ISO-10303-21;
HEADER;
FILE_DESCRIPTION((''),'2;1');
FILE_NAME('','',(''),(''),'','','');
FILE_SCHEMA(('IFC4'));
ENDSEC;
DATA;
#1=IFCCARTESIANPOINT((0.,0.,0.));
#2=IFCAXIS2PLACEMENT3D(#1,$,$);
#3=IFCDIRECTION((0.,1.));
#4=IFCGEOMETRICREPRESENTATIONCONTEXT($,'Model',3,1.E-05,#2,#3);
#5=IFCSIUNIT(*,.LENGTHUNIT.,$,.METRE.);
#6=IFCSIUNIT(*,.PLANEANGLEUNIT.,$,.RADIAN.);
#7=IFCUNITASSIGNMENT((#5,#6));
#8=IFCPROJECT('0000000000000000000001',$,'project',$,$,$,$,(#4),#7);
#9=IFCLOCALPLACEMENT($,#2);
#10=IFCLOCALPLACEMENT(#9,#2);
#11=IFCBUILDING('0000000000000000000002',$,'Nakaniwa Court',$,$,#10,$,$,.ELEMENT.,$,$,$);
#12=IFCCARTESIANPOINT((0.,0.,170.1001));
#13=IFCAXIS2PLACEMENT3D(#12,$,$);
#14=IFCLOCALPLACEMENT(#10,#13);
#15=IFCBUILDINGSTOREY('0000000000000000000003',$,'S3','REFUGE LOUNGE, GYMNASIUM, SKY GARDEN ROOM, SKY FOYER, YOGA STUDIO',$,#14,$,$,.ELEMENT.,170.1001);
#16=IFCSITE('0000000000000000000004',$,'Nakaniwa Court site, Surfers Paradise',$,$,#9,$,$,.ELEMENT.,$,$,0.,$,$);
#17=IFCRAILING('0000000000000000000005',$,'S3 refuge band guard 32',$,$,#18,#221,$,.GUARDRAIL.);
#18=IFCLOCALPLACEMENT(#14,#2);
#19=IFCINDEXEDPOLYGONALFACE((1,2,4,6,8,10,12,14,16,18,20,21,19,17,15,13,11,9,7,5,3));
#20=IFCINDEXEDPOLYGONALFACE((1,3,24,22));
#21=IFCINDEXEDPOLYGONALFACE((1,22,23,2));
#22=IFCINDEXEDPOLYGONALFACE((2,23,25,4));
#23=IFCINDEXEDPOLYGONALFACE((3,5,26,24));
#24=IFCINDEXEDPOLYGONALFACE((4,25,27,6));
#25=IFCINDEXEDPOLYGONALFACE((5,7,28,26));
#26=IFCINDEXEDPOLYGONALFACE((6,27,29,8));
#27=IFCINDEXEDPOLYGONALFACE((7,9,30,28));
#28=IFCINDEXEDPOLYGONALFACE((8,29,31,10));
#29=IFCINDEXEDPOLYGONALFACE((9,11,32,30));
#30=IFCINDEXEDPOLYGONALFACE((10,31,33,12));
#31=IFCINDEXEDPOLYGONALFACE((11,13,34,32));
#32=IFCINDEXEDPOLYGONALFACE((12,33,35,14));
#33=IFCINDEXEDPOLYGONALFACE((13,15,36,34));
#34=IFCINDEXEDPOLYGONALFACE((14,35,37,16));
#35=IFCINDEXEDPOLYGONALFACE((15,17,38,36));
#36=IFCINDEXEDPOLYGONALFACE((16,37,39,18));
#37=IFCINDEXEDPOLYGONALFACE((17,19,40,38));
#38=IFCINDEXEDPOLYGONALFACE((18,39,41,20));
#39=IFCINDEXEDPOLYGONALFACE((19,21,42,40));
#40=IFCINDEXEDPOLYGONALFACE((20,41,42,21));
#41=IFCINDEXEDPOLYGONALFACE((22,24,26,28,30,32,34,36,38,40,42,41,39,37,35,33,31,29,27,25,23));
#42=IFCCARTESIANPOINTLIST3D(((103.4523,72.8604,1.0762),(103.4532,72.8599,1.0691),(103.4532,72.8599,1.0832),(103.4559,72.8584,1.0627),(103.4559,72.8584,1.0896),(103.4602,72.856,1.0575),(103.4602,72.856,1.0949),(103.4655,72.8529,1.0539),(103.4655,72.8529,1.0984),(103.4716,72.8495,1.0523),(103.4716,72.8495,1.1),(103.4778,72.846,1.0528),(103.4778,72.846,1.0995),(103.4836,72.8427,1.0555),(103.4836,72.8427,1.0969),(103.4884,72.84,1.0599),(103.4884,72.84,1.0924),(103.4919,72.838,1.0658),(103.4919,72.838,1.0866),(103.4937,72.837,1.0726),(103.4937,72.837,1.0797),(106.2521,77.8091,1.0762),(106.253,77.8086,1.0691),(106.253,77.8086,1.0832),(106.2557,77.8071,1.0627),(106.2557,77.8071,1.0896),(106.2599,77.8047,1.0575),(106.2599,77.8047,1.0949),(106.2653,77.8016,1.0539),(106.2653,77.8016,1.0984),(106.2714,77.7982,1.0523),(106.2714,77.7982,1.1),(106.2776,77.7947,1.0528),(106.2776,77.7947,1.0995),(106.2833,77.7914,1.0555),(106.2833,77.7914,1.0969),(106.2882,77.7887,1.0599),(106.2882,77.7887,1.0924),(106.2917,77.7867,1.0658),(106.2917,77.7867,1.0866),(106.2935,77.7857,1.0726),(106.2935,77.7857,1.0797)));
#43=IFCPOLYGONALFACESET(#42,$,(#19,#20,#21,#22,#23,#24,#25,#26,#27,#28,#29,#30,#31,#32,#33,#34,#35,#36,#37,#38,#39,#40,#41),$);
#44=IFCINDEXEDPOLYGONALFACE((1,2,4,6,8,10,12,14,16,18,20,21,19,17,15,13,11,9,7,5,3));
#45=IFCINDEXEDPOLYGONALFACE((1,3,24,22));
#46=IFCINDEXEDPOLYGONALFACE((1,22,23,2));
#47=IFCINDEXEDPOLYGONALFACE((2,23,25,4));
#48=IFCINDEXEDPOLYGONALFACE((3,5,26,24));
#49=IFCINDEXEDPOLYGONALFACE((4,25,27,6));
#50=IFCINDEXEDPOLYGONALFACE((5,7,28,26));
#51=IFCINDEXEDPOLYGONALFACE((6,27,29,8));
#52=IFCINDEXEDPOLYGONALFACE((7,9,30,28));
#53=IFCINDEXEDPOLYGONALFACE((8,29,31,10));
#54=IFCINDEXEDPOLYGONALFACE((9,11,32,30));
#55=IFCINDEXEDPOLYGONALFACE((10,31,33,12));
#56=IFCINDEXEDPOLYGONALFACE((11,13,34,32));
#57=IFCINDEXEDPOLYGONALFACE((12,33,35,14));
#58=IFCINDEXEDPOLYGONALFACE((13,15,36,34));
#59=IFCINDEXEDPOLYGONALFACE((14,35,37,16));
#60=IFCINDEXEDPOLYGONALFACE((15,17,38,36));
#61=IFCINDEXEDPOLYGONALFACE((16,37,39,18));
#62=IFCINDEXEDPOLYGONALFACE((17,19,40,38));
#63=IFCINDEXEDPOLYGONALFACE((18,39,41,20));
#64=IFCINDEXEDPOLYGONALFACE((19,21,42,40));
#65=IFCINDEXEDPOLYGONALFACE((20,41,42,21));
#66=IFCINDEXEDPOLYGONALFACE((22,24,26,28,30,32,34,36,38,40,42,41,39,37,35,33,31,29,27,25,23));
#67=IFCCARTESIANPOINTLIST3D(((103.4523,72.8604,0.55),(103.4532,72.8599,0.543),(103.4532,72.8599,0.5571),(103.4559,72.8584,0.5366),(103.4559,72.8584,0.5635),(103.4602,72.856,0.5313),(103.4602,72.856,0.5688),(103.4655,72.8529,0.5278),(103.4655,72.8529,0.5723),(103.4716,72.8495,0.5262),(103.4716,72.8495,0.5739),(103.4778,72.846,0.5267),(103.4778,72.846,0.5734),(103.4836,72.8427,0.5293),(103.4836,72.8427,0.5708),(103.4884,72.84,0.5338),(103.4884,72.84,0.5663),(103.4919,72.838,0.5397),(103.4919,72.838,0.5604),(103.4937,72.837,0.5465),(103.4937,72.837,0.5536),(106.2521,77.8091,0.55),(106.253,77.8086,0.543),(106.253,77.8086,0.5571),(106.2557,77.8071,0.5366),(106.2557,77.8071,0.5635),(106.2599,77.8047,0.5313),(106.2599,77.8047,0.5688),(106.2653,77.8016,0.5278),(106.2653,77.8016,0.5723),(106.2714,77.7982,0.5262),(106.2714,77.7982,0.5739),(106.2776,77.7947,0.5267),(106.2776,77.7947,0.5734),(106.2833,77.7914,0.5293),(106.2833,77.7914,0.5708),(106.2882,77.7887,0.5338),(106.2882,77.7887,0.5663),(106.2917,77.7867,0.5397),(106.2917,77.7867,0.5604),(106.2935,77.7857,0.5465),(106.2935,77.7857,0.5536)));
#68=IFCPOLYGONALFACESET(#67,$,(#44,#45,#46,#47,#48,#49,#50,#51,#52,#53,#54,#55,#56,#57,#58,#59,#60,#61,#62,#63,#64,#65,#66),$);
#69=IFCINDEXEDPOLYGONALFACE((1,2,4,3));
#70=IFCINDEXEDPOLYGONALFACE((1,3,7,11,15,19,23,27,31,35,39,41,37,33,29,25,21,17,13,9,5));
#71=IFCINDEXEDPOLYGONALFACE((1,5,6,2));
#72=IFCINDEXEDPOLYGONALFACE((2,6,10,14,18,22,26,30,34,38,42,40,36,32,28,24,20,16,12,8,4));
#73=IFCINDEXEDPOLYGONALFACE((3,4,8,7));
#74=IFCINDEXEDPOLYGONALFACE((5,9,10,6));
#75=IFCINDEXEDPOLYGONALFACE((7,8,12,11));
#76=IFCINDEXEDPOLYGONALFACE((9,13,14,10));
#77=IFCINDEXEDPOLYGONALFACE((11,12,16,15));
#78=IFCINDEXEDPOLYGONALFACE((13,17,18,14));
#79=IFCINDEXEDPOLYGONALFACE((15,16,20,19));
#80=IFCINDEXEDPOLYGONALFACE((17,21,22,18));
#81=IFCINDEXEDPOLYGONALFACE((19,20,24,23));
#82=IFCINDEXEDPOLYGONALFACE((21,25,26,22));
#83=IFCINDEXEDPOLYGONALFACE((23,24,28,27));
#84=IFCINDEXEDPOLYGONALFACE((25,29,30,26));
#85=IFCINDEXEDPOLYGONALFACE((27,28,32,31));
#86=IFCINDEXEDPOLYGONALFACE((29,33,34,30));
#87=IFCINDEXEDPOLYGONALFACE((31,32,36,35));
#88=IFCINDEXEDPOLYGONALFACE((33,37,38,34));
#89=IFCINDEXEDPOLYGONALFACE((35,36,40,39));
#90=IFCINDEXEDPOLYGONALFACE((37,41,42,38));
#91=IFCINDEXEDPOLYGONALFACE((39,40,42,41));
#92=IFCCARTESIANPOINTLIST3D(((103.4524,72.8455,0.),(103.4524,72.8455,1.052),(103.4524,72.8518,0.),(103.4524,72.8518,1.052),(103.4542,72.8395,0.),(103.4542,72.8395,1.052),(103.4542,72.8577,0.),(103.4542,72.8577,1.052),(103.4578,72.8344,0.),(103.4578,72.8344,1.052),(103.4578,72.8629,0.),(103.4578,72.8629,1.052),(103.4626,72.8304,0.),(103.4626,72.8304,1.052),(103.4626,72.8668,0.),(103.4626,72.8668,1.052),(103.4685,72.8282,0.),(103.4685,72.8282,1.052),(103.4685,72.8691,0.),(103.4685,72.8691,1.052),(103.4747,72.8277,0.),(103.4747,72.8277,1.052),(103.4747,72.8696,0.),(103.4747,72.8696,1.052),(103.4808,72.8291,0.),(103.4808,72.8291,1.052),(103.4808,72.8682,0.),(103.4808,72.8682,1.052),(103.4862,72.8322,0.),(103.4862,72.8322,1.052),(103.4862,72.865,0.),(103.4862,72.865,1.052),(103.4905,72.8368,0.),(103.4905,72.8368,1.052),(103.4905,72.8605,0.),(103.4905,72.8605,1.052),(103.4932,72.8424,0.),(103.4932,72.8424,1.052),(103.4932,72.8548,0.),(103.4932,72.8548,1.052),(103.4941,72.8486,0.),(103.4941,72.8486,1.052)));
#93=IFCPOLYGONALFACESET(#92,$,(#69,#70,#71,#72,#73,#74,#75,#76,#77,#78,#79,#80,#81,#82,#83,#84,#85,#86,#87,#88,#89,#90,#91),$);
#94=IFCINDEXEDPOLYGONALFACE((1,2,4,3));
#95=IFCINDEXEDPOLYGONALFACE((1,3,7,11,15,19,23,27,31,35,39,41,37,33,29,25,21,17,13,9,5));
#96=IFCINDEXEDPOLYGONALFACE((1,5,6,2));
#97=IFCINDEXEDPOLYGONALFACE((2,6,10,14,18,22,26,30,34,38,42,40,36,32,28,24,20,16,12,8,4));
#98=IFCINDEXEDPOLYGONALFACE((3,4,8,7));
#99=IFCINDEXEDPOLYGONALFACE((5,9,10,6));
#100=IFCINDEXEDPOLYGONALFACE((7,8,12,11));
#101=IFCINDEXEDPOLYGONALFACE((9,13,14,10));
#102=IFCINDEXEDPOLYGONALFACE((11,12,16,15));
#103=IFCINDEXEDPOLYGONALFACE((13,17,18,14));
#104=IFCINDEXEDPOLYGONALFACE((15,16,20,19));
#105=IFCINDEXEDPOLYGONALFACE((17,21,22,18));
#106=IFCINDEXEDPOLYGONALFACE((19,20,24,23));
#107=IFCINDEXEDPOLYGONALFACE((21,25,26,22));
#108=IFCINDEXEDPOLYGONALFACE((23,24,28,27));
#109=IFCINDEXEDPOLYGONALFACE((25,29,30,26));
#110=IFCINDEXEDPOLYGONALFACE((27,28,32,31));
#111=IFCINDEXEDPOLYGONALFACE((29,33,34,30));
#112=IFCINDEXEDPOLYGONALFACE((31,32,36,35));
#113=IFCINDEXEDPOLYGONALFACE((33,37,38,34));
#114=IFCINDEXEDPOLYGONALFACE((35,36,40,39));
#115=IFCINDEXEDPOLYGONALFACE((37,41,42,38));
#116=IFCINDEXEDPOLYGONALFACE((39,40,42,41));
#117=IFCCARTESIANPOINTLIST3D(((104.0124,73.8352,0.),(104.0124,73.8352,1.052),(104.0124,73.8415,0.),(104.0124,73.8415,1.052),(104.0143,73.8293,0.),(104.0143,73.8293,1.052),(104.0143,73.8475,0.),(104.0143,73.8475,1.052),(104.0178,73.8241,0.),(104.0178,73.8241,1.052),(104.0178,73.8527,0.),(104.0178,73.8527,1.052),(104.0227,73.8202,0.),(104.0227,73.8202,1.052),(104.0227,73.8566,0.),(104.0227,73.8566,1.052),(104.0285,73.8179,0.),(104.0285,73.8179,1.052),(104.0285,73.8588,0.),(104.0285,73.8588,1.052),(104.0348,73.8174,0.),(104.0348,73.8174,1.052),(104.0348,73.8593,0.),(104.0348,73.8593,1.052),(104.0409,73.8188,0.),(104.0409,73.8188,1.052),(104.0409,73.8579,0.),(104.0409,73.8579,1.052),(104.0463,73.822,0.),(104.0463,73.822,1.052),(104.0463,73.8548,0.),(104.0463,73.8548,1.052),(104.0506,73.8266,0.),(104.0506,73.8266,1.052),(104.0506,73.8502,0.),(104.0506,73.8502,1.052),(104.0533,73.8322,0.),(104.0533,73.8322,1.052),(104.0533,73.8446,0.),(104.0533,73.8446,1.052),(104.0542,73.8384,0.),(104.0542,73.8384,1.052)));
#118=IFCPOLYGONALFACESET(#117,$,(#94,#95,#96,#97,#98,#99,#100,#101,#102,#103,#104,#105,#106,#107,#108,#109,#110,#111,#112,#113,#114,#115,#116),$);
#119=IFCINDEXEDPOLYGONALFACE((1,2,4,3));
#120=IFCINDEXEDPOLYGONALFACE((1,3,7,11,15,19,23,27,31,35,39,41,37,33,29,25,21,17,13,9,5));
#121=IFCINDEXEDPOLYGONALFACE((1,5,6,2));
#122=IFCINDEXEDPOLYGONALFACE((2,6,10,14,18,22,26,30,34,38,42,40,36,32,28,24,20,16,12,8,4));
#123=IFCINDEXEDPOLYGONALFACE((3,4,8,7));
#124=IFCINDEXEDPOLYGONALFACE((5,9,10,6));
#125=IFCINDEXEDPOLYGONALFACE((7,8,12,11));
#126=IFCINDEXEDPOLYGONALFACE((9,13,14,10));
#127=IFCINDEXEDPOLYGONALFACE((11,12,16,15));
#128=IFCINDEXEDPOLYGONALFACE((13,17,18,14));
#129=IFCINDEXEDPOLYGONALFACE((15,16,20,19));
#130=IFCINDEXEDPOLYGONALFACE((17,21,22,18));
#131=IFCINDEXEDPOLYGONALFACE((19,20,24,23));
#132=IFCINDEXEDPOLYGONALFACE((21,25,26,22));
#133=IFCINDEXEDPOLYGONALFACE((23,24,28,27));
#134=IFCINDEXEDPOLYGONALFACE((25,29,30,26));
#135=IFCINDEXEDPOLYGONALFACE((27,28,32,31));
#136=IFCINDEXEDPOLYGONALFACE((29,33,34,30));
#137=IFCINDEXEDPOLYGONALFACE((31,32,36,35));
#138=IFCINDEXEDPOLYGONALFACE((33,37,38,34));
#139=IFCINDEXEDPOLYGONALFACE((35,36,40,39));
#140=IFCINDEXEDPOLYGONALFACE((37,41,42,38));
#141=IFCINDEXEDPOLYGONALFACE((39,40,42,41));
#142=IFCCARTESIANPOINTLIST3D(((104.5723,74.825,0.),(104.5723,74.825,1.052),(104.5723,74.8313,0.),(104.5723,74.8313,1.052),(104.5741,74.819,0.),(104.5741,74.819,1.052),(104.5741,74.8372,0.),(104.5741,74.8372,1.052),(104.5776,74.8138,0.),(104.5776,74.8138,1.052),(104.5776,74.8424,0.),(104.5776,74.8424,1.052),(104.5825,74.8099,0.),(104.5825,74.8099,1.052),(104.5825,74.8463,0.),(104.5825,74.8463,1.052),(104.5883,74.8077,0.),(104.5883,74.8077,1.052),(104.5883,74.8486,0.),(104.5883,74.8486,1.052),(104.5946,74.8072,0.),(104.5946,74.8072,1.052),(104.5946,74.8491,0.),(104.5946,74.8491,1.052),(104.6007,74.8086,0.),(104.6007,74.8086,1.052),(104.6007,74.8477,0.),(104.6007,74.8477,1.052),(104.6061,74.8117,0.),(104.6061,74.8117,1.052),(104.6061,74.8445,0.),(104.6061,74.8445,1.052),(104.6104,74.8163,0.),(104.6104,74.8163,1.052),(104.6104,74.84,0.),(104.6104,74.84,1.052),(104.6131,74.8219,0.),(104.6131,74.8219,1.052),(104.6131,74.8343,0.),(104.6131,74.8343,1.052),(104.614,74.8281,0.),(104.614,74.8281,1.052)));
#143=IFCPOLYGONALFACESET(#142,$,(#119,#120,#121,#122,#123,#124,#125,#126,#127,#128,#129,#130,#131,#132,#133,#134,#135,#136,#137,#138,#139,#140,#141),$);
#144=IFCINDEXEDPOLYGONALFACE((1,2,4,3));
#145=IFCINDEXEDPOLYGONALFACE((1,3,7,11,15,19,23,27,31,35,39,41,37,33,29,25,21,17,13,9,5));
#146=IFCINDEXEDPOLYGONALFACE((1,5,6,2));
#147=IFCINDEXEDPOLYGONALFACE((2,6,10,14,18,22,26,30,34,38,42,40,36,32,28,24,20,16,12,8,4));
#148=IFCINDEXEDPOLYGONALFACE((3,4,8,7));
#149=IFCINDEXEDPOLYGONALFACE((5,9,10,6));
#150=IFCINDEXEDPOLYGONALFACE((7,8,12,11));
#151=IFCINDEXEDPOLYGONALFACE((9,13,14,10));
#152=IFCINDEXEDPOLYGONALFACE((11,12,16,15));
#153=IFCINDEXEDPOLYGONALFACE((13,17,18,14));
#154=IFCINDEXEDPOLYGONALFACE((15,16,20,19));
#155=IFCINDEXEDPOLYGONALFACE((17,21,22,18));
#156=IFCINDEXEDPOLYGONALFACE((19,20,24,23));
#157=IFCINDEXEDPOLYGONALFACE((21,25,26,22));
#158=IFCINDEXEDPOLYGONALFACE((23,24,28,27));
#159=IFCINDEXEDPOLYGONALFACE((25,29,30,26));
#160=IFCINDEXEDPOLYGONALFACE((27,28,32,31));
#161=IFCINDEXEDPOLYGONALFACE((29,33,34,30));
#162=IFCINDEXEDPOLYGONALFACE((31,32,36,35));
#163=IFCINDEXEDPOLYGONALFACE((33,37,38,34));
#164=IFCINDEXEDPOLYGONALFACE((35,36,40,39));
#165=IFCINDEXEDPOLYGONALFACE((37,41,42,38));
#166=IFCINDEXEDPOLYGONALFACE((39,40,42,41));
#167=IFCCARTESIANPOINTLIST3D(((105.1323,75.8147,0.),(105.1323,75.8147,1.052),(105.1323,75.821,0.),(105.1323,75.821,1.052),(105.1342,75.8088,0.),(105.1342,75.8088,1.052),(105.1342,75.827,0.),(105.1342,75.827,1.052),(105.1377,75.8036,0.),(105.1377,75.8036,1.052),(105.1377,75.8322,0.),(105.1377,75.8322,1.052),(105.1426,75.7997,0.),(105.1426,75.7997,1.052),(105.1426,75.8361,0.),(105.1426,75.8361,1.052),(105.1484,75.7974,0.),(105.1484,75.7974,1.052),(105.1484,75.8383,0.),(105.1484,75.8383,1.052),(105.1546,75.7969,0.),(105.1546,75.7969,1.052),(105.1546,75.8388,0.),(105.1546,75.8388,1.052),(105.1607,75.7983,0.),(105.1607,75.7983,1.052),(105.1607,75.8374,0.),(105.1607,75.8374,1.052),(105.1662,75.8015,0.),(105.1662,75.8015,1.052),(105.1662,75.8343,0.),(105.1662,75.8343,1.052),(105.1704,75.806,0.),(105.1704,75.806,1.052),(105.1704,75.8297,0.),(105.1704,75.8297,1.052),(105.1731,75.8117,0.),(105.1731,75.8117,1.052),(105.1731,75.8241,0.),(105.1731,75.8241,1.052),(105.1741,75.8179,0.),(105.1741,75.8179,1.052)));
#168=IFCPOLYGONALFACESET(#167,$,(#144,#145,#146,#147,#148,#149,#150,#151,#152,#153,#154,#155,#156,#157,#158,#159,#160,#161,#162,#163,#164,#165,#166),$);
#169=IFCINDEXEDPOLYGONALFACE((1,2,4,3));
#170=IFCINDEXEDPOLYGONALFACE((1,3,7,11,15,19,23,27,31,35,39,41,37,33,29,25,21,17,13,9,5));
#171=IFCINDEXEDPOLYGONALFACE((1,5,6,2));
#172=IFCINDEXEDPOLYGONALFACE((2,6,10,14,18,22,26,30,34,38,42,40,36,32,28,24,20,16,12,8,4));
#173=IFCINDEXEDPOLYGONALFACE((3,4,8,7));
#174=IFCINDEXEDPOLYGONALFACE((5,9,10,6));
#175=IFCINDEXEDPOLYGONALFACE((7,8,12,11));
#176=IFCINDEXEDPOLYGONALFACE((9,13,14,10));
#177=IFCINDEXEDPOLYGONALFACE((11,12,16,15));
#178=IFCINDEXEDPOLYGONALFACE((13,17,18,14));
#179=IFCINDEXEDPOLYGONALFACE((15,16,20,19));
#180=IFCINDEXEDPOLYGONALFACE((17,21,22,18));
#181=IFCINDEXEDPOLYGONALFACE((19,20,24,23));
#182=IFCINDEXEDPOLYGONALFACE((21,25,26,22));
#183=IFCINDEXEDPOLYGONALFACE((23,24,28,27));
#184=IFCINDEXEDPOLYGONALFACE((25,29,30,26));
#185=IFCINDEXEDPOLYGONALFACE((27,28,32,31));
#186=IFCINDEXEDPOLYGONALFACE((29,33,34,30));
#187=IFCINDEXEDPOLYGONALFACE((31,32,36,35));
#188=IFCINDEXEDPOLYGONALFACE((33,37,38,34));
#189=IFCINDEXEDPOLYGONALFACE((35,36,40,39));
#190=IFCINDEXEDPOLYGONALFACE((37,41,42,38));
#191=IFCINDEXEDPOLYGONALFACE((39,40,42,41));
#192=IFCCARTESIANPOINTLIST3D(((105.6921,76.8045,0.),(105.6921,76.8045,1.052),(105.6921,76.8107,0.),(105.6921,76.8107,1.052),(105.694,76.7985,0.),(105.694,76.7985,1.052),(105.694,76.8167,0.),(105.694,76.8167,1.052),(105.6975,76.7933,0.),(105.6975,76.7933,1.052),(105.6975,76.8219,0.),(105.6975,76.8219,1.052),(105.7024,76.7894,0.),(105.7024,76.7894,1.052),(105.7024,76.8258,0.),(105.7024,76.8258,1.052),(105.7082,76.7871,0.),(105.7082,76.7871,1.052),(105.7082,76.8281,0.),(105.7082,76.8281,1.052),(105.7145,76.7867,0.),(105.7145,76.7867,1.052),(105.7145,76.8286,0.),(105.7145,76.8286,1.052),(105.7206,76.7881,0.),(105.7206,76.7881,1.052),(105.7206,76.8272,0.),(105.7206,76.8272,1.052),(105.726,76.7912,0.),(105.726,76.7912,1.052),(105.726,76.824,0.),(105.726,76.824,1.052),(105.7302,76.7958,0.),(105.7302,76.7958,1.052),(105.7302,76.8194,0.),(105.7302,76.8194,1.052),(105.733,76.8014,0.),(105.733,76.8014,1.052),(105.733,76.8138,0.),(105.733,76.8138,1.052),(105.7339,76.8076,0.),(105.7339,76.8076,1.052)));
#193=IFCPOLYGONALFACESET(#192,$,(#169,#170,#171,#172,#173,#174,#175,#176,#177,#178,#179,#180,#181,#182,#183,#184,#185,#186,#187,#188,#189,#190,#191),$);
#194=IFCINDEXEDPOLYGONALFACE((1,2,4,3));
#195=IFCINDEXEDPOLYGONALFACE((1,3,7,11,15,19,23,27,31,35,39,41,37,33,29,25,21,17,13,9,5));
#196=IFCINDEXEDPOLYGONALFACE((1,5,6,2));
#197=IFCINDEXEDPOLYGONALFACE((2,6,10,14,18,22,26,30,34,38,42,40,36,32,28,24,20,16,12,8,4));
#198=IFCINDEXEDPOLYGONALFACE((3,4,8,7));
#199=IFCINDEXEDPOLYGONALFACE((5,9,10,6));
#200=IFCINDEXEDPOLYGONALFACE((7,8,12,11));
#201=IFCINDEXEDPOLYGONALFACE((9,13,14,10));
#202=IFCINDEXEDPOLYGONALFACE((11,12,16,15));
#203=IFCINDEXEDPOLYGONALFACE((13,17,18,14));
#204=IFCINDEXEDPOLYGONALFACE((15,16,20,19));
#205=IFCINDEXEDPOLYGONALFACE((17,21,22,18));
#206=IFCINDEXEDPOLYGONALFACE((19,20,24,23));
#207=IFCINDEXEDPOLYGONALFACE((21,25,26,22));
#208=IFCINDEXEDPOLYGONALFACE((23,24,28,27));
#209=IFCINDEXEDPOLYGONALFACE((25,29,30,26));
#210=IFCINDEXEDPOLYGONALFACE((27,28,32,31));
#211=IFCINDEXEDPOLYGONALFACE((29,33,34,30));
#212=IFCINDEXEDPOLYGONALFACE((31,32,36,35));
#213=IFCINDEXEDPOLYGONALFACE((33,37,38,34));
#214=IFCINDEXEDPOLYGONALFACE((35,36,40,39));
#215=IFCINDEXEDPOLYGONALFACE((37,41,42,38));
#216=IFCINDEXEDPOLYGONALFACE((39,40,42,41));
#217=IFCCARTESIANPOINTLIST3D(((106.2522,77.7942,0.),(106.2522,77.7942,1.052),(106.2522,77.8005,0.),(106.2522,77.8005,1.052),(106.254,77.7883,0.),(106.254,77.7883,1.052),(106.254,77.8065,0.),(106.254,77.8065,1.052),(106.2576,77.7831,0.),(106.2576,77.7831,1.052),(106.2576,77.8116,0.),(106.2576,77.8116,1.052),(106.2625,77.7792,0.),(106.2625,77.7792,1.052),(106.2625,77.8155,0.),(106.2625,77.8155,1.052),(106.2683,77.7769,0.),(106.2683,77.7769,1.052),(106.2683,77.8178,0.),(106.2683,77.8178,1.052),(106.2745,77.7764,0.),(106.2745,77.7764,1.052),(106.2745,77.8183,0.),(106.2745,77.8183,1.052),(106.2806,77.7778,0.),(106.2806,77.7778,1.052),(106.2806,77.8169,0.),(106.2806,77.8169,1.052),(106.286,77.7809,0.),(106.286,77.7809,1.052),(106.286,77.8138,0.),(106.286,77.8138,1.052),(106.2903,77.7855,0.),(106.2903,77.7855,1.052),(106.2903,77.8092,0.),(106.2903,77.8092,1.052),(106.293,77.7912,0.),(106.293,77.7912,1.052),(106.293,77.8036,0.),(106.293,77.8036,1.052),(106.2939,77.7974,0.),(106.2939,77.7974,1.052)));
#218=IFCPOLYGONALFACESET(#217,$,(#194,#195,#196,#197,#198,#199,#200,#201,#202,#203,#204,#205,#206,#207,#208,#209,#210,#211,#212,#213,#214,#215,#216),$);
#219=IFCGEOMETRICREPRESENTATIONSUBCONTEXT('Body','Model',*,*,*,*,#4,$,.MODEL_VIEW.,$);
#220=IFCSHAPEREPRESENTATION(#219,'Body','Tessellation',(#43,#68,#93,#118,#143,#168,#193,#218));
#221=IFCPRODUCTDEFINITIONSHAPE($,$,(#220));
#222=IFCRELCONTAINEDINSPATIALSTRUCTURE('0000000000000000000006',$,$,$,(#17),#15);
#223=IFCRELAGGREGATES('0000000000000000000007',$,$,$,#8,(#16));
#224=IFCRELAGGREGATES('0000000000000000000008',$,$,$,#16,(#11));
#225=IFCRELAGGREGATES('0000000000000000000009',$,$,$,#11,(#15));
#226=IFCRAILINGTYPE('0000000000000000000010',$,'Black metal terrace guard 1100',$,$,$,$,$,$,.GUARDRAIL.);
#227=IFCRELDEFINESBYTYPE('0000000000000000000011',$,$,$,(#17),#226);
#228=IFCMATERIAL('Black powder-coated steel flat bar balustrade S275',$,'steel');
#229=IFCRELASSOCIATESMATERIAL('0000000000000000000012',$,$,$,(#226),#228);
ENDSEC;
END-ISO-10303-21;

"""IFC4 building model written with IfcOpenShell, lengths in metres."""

from ifc_helpers import new_model, si_unit, direction, frame, origin, origin_2d, place, context, subcontext, project, spatial, circle, extrude, material, type_object, element, save


model = new_model("IFC4")

# Units and contexts
model_context = context("Model", 3, precision=1e-05, world=origin(), true_north=direction((0.0, 1.0)))
body_context = subcontext(model_context, "Body", "Model", "MODEL_VIEW")
ifc_project = project(units=[si_unit("LENGTHUNIT", "METRE"), si_unit("PLANEANGLEUNIT", "RADIAN")], contexts=[model_context])

# Site, building, storey
site_placement = place(None, origin())
site = spatial("IfcSite", under=ifc_project, at=site_placement, Name="Nakaniwa Court site, Surfers Paradise", CompositionType="ELEMENT", RefElevation=0.0)
building_placement = place(site_placement, origin())
building = spatial("IfcBuilding", under=site, at=building_placement, Name="Nakaniwa Court", CompositionType="ELEMENT")
storey_placement = place(building_placement, frame((0.0, 0.0, 170.1001)))
storey = spatial("IfcBuildingStorey", under=building, at=storey_placement, Name="S3", Description="REFUGE LOUNGE, GYMNASIUM, SKY GARDEN ROOM, SKY FOYER, YOGA STUDIO", CompositionType="ELEMENT", Elevation=170.1001)

# Railing
ifc_material_1 = material(Name="Black powder-coated steel flat bar balustrade S275", Category="steel")
railing_type = type_object("IfcRailingType", Name="Black metal terrace guard 1100", PredefinedType="GUARDRAIL", material=ifc_material_1)
railing_1_placement = place(storey_placement, frame((103.4731, 72.8486, 0.0)))
element("IfcRailing", 1, at=railing_1_placement, inside=storey, type_object=railing_type, Name="S3 refuge band guard 32", PredefinedType="GUARDRAIL", context=body_context, shape_type="SweptSolid", body=[
    extrude(circle(Radius=0.0239, at=origin_2d()), frame((0.0, 0.0, 1.0762), z_axis=(0.492417, 0.87036, 0.0), x_axis=(-0.87036, 0.492417, 0.0)), (0.0, 0.0, 1.0), 5.6858),
    extrude(circle(Radius=0.0239, at=origin_2d()), frame((0.0, 0.0, 0.55), z_axis=(0.492417, 0.87036, 0.0), x_axis=(-0.87036, 0.492417, 0.0)), (0.0, 0.0, 1.0), 5.6858),
    extrude(circle(Radius=0.021, at=origin_2d()), origin(), (0.0, 0.0, 1.0), 1.052),
    extrude(circle(Radius=0.021, at=origin_2d()), frame((0.5601, 0.9897, 0.0)), (0.0, 0.0, 1.0), 1.052),
    extrude(circle(Radius=0.021, at=origin_2d()), frame((1.1199, 1.9795, 0.0)), (0.0, 0.0, 1.0), 1.052),
    extrude(circle(Radius=0.021, at=origin_2d()), frame((1.6799, 2.9692, 0.0)), (0.0, 0.0, 1.0), 1.052),
    extrude(circle(Radius=0.021, at=origin_2d()), frame((2.2397, 3.959, 0.0)), (0.0, 0.0, 1.0), 1.052),
    extrude(circle(Radius=0.021, at=origin_2d()), frame((2.7998, 4.9487, 0.0)), (0.0, 0.0, 1.0), 1.052),
])

save(model, "model.ifc")
